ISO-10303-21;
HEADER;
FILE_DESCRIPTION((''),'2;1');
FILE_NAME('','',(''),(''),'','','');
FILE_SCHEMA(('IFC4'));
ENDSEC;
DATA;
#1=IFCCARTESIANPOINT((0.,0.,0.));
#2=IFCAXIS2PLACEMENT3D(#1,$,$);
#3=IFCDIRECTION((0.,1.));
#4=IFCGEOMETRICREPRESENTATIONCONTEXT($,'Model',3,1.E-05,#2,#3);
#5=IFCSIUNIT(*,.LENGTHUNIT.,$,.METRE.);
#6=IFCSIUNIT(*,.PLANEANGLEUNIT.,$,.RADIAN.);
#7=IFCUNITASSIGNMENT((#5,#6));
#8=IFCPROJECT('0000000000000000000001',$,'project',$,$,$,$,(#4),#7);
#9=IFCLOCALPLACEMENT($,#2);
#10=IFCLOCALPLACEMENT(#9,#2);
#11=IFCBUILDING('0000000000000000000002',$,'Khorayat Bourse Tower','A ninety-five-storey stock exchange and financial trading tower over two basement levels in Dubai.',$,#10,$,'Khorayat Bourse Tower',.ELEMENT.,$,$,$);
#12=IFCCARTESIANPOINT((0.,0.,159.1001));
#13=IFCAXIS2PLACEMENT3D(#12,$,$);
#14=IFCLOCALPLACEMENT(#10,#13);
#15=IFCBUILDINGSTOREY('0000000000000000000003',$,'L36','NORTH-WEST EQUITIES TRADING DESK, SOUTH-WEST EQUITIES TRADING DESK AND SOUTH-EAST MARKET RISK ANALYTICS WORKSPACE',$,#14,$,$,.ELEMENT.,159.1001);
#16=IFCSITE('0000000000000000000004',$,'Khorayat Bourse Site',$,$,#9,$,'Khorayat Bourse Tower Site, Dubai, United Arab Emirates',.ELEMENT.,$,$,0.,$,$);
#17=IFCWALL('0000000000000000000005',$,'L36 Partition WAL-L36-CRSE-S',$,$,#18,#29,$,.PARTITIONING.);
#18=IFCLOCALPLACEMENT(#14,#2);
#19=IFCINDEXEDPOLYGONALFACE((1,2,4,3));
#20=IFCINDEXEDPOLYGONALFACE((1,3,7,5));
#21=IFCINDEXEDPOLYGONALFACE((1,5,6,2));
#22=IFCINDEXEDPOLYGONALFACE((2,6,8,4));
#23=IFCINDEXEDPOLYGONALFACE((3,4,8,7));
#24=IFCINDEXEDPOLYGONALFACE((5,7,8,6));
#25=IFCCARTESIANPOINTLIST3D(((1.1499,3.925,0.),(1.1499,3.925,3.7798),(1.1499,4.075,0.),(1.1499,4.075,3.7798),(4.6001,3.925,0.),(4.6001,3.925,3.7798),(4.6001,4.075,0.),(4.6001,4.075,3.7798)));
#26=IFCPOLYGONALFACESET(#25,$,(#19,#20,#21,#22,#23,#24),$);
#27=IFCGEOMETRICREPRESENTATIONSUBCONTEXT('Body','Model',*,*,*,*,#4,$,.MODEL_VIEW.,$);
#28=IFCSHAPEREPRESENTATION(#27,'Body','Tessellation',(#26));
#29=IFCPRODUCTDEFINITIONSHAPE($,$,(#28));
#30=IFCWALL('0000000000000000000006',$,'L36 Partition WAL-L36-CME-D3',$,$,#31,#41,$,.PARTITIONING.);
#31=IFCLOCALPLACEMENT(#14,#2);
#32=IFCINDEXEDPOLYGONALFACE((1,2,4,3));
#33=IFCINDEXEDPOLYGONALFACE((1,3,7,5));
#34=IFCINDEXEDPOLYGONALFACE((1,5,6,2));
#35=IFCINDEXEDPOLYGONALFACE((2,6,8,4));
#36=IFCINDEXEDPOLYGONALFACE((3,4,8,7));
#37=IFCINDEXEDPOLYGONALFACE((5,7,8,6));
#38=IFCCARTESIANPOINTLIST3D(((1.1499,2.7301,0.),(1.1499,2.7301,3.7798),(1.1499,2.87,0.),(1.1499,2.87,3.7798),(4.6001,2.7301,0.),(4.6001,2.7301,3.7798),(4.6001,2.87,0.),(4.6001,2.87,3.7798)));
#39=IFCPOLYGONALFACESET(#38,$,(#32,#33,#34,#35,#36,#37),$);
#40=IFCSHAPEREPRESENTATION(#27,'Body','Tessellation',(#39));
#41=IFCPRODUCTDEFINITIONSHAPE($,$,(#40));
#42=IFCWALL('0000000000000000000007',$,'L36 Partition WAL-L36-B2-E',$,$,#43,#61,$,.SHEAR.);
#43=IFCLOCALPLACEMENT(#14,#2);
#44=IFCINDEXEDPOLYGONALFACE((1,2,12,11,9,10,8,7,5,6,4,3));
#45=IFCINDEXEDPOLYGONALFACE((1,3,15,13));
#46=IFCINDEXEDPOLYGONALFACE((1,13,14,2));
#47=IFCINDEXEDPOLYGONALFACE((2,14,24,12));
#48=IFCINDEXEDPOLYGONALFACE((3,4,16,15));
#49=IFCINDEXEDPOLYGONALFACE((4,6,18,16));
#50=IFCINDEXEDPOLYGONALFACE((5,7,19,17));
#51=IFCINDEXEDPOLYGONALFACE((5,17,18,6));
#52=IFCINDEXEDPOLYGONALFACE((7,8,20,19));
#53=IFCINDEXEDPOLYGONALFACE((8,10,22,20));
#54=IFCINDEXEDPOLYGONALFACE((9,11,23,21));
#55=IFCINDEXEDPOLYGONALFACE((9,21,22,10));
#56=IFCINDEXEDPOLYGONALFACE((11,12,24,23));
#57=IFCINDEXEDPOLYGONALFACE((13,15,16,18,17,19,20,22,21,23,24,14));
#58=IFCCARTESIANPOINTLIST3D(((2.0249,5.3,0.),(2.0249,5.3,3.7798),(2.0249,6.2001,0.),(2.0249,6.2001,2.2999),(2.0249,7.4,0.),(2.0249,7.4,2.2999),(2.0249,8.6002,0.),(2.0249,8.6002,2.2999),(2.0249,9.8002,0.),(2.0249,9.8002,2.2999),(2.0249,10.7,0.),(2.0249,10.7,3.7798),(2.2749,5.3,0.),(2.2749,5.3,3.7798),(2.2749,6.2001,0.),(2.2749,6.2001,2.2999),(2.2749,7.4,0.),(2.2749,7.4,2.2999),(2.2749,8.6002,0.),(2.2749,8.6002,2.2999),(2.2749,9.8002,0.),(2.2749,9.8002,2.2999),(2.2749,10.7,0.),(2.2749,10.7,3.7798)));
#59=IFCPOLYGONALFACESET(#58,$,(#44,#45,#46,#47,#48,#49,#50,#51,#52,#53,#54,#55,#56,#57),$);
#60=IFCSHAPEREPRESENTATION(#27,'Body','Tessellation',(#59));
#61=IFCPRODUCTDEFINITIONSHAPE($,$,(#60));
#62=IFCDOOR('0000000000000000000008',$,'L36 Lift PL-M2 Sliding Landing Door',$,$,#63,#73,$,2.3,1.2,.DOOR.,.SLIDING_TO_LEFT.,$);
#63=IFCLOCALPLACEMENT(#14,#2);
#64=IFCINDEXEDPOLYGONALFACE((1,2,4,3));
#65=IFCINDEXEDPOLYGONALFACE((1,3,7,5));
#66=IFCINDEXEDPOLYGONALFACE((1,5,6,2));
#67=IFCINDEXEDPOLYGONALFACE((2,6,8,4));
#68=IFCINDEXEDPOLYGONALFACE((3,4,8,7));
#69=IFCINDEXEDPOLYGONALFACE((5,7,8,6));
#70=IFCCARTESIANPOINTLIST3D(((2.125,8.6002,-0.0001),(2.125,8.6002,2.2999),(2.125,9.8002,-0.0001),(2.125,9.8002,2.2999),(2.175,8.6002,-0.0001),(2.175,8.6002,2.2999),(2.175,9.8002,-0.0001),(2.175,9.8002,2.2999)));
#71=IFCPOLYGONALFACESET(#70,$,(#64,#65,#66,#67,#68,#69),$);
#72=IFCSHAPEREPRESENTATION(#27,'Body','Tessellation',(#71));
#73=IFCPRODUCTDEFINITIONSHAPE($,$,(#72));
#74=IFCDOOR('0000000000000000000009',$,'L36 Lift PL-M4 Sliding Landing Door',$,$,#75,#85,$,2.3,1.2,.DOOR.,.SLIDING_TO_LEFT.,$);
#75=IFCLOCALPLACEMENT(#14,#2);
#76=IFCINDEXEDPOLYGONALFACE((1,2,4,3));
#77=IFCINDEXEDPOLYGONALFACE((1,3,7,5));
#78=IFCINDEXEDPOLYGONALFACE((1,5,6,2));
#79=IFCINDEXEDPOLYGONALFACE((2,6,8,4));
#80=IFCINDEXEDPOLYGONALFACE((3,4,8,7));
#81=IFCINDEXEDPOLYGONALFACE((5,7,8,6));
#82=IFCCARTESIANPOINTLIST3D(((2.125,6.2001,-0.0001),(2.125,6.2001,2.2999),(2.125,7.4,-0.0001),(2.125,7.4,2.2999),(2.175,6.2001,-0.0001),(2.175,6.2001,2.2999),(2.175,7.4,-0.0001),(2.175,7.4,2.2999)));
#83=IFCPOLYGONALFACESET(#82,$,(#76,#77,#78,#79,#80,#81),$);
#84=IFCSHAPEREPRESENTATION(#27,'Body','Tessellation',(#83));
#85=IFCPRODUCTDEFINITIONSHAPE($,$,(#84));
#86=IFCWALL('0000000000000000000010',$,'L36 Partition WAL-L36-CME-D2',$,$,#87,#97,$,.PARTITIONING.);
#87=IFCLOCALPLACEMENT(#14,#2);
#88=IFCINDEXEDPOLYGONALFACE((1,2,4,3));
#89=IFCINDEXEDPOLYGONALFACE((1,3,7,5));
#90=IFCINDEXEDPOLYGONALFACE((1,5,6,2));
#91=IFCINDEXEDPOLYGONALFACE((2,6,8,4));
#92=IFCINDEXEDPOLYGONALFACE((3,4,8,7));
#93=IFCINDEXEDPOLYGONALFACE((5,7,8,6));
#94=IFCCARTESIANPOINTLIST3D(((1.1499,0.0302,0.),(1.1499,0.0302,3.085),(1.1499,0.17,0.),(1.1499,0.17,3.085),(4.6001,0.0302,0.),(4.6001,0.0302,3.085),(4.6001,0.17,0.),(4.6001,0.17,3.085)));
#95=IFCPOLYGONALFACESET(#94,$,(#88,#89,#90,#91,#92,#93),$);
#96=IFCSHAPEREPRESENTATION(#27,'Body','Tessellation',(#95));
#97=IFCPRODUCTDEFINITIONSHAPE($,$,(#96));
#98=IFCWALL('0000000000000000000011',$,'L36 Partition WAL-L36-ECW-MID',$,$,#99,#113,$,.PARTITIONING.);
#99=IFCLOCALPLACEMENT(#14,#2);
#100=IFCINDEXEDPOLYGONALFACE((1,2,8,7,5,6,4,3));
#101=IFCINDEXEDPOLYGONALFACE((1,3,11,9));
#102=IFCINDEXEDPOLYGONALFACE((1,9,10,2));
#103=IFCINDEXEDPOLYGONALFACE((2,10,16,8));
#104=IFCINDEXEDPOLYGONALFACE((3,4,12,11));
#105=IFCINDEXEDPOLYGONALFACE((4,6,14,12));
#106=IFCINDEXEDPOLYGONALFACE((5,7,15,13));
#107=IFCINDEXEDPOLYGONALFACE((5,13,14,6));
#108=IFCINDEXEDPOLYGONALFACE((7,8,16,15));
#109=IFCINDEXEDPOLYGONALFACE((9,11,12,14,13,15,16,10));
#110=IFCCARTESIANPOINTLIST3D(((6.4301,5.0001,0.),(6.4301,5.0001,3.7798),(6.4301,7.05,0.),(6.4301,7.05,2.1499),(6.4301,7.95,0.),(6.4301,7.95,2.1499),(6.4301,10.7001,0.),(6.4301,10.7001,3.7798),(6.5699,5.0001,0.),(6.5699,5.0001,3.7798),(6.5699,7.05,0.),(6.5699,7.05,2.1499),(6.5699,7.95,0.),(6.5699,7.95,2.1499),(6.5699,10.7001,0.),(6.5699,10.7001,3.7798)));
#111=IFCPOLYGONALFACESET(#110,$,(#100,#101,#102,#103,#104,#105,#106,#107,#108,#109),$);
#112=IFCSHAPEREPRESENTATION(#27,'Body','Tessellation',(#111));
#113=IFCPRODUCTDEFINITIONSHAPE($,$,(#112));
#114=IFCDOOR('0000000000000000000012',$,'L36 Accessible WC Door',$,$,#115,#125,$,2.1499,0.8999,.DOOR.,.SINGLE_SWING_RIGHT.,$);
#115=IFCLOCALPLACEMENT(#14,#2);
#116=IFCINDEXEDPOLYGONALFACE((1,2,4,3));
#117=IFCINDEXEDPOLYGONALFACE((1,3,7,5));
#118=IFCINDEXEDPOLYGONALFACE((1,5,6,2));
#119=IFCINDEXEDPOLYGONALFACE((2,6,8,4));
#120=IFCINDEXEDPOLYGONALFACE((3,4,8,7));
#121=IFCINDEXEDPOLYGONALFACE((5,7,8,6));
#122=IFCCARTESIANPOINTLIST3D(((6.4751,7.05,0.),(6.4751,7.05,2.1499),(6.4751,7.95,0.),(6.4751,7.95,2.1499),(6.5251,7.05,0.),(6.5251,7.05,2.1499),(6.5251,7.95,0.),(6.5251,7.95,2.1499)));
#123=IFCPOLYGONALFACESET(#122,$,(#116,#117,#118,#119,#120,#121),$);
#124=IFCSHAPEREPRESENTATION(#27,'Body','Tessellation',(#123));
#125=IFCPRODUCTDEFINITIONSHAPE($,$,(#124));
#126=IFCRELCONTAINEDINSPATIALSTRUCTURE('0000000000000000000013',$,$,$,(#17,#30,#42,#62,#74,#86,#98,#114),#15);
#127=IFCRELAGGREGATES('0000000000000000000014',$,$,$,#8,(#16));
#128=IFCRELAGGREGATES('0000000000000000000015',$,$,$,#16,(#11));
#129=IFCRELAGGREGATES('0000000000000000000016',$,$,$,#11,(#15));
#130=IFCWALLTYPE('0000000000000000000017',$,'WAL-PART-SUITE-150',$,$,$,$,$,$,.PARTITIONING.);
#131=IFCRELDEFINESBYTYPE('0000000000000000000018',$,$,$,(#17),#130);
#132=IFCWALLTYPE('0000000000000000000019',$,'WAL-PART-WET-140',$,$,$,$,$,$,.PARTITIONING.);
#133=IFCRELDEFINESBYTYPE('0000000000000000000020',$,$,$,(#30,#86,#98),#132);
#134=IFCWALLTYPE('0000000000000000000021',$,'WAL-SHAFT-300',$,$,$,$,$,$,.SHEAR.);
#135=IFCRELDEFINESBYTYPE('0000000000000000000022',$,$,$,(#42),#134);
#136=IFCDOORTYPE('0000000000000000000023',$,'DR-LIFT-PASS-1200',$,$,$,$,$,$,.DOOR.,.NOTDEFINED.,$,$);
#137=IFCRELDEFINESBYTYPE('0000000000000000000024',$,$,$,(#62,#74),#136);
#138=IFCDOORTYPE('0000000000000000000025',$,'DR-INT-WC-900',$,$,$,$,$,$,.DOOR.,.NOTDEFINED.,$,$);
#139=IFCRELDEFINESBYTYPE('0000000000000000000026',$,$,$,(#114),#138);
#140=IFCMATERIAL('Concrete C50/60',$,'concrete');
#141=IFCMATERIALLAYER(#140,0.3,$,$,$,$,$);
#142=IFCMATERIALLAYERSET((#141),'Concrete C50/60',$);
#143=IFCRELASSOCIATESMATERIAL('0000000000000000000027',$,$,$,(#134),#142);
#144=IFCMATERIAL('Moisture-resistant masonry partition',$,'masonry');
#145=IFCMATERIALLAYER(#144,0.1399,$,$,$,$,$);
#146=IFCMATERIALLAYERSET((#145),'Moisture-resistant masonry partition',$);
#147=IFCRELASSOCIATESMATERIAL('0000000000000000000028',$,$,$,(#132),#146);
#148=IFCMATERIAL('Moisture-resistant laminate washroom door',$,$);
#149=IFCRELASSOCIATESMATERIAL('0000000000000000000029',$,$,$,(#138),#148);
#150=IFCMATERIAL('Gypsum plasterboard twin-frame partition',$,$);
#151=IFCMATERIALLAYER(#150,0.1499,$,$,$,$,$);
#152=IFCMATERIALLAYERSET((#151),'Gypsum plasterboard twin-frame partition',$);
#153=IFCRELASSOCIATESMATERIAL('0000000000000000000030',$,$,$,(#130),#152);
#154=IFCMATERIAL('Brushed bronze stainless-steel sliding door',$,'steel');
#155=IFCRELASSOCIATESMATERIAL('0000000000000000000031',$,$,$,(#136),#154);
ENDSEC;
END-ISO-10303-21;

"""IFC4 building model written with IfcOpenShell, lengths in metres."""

from ifc_helpers import new_model, si_unit, direction, frame, frame_2d, origin, place, context, subcontext, project, spatial, rectangle, extrude, source, transform, mapped, material, layer, layer_set, type_object, element, fill, save


model = new_model("IFC4")

# Units and contexts
model_context = context("Model", 3, precision=1e-05, world=origin(), true_north=direction((0.0, 1.0)))
body_context = subcontext(model_context, "Body", "Model", "MODEL_VIEW")
ifc_project = project(units=[si_unit("LENGTHUNIT", "METRE"), si_unit("PLANEANGLEUNIT", "RADIAN")], contexts=[model_context])

# Site, building, storey
site_placement = place(None, origin())
site = spatial("IfcSite", under=ifc_project, at=site_placement, Name="Khorayat Bourse Site", LongName="Khorayat Bourse Tower Site, Dubai, United Arab Emirates", CompositionType="ELEMENT", RefElevation=0.0)
building_placement = place(site_placement, origin())
building = spatial("IfcBuilding", under=site, at=building_placement, Name="Khorayat Bourse Tower", Description="A ninety-five-storey stock exchange and financial trading tower over two basement levels in Dubai.", LongName="Khorayat Bourse Tower", CompositionType="ELEMENT")
storey_placement = place(building_placement, frame((0.0, 0.0, 159.1001)))
storey = spatial("IfcBuildingStorey", under=building, at=storey_placement, Name="L36", Description="NORTH-WEST EQUITIES TRADING DESK, SOUTH-WEST EQUITIES TRADING DESK AND SOUTH-EAST MARKET RISK ANALYTICS WORKSPACE", CompositionType="ELEMENT", Elevation=159.1001)

# Shared definitions
ifc_material_1 = material(Name="Concrete C50/60", Category="concrete")
ifc_layer_1 = layer(ifc_material_1, 0.3)
ifc_layer_set_1 = layer_set([ifc_layer_1], Name="Concrete C50/60")
wall_type_1 = type_object("IfcWallType", Name="WAL-SHAFT-300", PredefinedType="SHEAR", material=ifc_layer_set_1)
ifc_material_2 = material(Name="Moisture-resistant masonry partition", Category="masonry")
ifc_layer_2 = layer(ifc_material_2, 0.1399)
ifc_layer_set_2 = layer_set([ifc_layer_2], Name="Moisture-resistant masonry partition")
wall_type_2 = type_object("IfcWallType", Name="WAL-PART-WET-140", PredefinedType="PARTITIONING", material=ifc_layer_set_2)

# Shared definitions
shared_shape_1 = source(origin(), body_context, "Body", "SweptSolid", [
    extrude(rectangle(XDim=0.8999, YDim=2.1499, at=frame_2d((0.45, 1.075))), frame((0.0, 0.0798, 0.0), z_axis=(0.0, -1.0, 0.0), x_axis=(1.0, 0.0, 0.0)), (0.0, 0.0, 1.0), 0.1599),
])
ifc_material_3 = material(Name="Moisture-resistant laminate washroom door")
door_type_1 = type_object("IfcDoorType", Name="DR-INT-WC-900", OperationType="NOTDEFINED", PredefinedType="DOOR", material=ifc_material_3)
shared_shape_2 = source(origin(), body_context, "Body", "SweptSolid", [
    extrude(rectangle(XDim=0.8999, YDim=2.1499, at=frame_2d((0.45, 1.075))), frame((0.0, 0.0249, 0.0), z_axis=(0.0, -1.0, 0.0), x_axis=(1.0, 0.0, 0.0)), (0.0, 0.0, 1.0), 0.05),
])

# Walls
ifc_material_4 = material(Name="Gypsum plasterboard twin-frame partition")
ifc_layer_3 = layer(ifc_material_4, 0.1499)
ifc_layer_set_3 = layer_set([ifc_layer_3], Name="Gypsum plasterboard twin-frame partition")
wall_type_3 = type_object("IfcWallType", Name="WAL-PART-SUITE-150", PredefinedType="PARTITIONING", material=ifc_layer_set_3)
shared_shape_3 = source(origin(), body_context, "Body", "SweptSolid", [
    extrude(rectangle(XDim=3.4502, YDim=0.1499, at=frame_2d((1.7251, 0.0))), origin(), (0.0, 0.0, 1.0), 3.7798),
])
wall_1_placement = place(storey_placement, frame((1.1499, 4.0, 0.0), z_axis=(0.0, 0.0, 1.0), x_axis=(1.0, 0.0, 0.0)))
element("IfcWall", 1, at=wall_1_placement, inside=storey, type_object=wall_type_3, Name="L36 Partition WAL-L36-CRSE-S", PredefinedType="PARTITIONING", context=body_context, shape_type="MappedRepresentation", body=[
    mapped(shared_shape_3, transform((0.0, 0.0, 0.0), scale=1.0)),
])
shared_shape_4 = source(origin(), body_context, "Body", "SweptSolid", [
    extrude(rectangle(XDim=3.4502, YDim=0.1399, at=frame_2d((1.7251, 0.0))), origin(), (0.0, 0.0, 1.0), 3.7798),
])
wall_2_placement = place(storey_placement, frame((1.1499, 2.8, 0.0), z_axis=(0.0, 0.0, 1.0), x_axis=(1.0, 0.0, 0.0)))
element("IfcWall", 2, at=wall_2_placement, inside=storey, type_object=wall_type_2, Name="L36 Partition WAL-L36-CME-D3", PredefinedType="PARTITIONING", context=body_context, shape_type="MappedRepresentation", body=[
    mapped(shared_shape_4, transform((0.0, 0.0, 0.0), scale=1.0)),
])

# Wall, openings, doors
shared_shape_5 = source(origin(), body_context, "Body", "SweptSolid", [
    extrude(rectangle(XDim=5.3999, YDim=0.25, at=frame_2d((2.7, 0.0))), origin(), (0.0, 0.0, 1.0), 3.7798),
])
wall_3_placement = place(storey_placement, frame((2.1499, 5.3, 0.0), z_axis=(0.0, 0.0, 1.0), x_axis=(0.0, 1.0, 0.0)))
wall_3 = element("IfcWall", 3, at=wall_3_placement, inside=storey, type_object=wall_type_1, Name="L36 Partition WAL-L36-B2-E", PredefinedType="SHEAR", context=body_context, shape_type="MappedRepresentation", body=[
    mapped(shared_shape_5, transform((0.0, 0.0, 0.0), scale=1.0)),
])
shared_shape_6 = source(origin(), body_context, "Body", "SweptSolid", [
    extrude(rectangle(XDim=1.2, YDim=2.3, at=frame_2d((0.6001, 1.1499))), frame((0.0, 0.135, 0.0), z_axis=(0.0, -1.0, 0.0), x_axis=(1.0, 0.0, 0.0)), (0.0, 0.0, 1.0), 0.27),
])
opening_1_placement = place(wall_3_placement, frame((3.3, 0.0, 0.0)))
opening_1 = element("IfcOpeningElement", 4, at=opening_1_placement, cuts=wall_3, PredefinedType="OPENING", context=body_context, shape_type="MappedRepresentation", body=[
    mapped(shared_shape_6, transform((0.0, 0.0, 0.0), scale=1.0)),
])
opening_2_placement = place(wall_3_placement, frame((0.8999, 0.0, 0.0)))
opening_2 = element("IfcOpeningElement", 5, at=opening_2_placement, cuts=wall_3, PredefinedType="OPENING", context=body_context, shape_type="MappedRepresentation", body=[
    mapped(shared_shape_6, transform((0.0, 0.0, 0.0), scale=1.0)),
])
ifc_material_5 = material(Name="Brushed bronze stainless-steel sliding door", Category="steel")
door_type_2 = type_object("IfcDoorType", Name="DR-LIFT-PASS-1200", OperationType="NOTDEFINED", PredefinedType="DOOR", material=ifc_material_5)
shared_shape_7 = source(origin(), body_context, "Body", "SweptSolid", [
    extrude(rectangle(XDim=1.2, YDim=2.3, at=frame_2d((0.6001, 1.1499))), frame((0.0, 0.0249, 0.0), z_axis=(0.0, -1.0, 0.0), x_axis=(1.0, 0.0, 0.0)), (0.0, 0.0, 1.0), 0.05),
])
door_1_placement = place(opening_1_placement, origin())
door_1 = element("IfcDoor", 6, at=door_1_placement, inside=storey, type_object=door_type_2, Name="L36 Lift PL-M2 Sliding Landing Door", OperationType="SLIDING_TO_LEFT", OverallHeight=2.3, OverallWidth=1.2, PredefinedType="DOOR", context=body_context, shape_type="MappedRepresentation", body=[
    mapped(shared_shape_7, transform((0.0, 0.0, 0.0), scale=1.0)),
])
fill(opening_1, door_1)
door_2_placement = place(opening_2_placement, origin())
door_2 = element("IfcDoor", 7, at=door_2_placement, inside=storey, type_object=door_type_2, Name="L36 Lift PL-M4 Sliding Landing Door", OperationType="SLIDING_TO_LEFT", OverallHeight=2.3, OverallWidth=1.2, PredefinedType="DOOR", context=body_context, shape_type="MappedRepresentation", body=[
    mapped(shared_shape_7, transform((0.0, 0.0, 0.0), scale=1.0)),
])
fill(opening_2, door_2)

# Wall
shared_shape_8 = source(origin(), body_context, "Body", "SweptSolid", [
    extrude(rectangle(XDim=3.4502, YDim=0.1399, at=frame_2d((1.7251, 0.0))), origin(), (0.0, 0.0, 1.0), 3.085),
])
wall_4_placement = place(storey_placement, frame((1.1499, 0.1001, 0.0), z_axis=(0.0, 0.0, 1.0), x_axis=(1.0, 0.0, 0.0)))
element("IfcWall", 8, at=wall_4_placement, inside=storey, type_object=wall_type_2, Name="L36 Partition WAL-L36-CME-D2", PredefinedType="PARTITIONING", context=body_context, shape_type="MappedRepresentation", body=[
    mapped(shared_shape_8, transform((0.0, 0.0, 0.0), scale=1.0)),
])

# Wall, opening, door
shared_shape_9 = source(origin(), body_context, "Body", "SweptSolid", [
    extrude(rectangle(XDim=5.7, YDim=0.1399, at=frame_2d((2.8501, 0.0))), origin(), (0.0, 0.0, 1.0), 3.7798),
])
wall_5_placement = place(storey_placement, frame((6.5, 5.0, 0.0), z_axis=(0.0, 0.0, 1.0), x_axis=(0.0, 1.0, 0.0)))
wall_5 = element("IfcWall", 9, at=wall_5_placement, inside=storey, type_object=wall_type_2, Name="L36 Partition WAL-L36-ECW-MID", PredefinedType="PARTITIONING", context=body_context, shape_type="MappedRepresentation", body=[
    mapped(shared_shape_9, transform((0.0, 0.0, 0.0), scale=1.0)),
])
opening_3_placement = place(wall_5_placement, frame((2.05, 0.0, 0.0)))
opening_3 = element("IfcOpeningElement", 10, at=opening_3_placement, cuts=wall_5, PredefinedType="OPENING", context=body_context, shape_type="MappedRepresentation", body=[
    mapped(shared_shape_1, transform((0.0, 0.0, 0.0), scale=1.0)),
])
door_3_placement = place(opening_3_placement, origin())
door_3 = element("IfcDoor", 11, at=door_3_placement, inside=storey, type_object=door_type_1, Name="L36 Accessible WC Door", OperationType="SINGLE_SWING_RIGHT", OverallHeight=2.1499, OverallWidth=0.8999, PredefinedType="DOOR", context=body_context, shape_type="MappedRepresentation", body=[
    mapped(shared_shape_2, transform((0.0, 0.0, 0.0), scale=1.0)),
])
fill(opening_3, door_3)

save(model, "model.ifc")
